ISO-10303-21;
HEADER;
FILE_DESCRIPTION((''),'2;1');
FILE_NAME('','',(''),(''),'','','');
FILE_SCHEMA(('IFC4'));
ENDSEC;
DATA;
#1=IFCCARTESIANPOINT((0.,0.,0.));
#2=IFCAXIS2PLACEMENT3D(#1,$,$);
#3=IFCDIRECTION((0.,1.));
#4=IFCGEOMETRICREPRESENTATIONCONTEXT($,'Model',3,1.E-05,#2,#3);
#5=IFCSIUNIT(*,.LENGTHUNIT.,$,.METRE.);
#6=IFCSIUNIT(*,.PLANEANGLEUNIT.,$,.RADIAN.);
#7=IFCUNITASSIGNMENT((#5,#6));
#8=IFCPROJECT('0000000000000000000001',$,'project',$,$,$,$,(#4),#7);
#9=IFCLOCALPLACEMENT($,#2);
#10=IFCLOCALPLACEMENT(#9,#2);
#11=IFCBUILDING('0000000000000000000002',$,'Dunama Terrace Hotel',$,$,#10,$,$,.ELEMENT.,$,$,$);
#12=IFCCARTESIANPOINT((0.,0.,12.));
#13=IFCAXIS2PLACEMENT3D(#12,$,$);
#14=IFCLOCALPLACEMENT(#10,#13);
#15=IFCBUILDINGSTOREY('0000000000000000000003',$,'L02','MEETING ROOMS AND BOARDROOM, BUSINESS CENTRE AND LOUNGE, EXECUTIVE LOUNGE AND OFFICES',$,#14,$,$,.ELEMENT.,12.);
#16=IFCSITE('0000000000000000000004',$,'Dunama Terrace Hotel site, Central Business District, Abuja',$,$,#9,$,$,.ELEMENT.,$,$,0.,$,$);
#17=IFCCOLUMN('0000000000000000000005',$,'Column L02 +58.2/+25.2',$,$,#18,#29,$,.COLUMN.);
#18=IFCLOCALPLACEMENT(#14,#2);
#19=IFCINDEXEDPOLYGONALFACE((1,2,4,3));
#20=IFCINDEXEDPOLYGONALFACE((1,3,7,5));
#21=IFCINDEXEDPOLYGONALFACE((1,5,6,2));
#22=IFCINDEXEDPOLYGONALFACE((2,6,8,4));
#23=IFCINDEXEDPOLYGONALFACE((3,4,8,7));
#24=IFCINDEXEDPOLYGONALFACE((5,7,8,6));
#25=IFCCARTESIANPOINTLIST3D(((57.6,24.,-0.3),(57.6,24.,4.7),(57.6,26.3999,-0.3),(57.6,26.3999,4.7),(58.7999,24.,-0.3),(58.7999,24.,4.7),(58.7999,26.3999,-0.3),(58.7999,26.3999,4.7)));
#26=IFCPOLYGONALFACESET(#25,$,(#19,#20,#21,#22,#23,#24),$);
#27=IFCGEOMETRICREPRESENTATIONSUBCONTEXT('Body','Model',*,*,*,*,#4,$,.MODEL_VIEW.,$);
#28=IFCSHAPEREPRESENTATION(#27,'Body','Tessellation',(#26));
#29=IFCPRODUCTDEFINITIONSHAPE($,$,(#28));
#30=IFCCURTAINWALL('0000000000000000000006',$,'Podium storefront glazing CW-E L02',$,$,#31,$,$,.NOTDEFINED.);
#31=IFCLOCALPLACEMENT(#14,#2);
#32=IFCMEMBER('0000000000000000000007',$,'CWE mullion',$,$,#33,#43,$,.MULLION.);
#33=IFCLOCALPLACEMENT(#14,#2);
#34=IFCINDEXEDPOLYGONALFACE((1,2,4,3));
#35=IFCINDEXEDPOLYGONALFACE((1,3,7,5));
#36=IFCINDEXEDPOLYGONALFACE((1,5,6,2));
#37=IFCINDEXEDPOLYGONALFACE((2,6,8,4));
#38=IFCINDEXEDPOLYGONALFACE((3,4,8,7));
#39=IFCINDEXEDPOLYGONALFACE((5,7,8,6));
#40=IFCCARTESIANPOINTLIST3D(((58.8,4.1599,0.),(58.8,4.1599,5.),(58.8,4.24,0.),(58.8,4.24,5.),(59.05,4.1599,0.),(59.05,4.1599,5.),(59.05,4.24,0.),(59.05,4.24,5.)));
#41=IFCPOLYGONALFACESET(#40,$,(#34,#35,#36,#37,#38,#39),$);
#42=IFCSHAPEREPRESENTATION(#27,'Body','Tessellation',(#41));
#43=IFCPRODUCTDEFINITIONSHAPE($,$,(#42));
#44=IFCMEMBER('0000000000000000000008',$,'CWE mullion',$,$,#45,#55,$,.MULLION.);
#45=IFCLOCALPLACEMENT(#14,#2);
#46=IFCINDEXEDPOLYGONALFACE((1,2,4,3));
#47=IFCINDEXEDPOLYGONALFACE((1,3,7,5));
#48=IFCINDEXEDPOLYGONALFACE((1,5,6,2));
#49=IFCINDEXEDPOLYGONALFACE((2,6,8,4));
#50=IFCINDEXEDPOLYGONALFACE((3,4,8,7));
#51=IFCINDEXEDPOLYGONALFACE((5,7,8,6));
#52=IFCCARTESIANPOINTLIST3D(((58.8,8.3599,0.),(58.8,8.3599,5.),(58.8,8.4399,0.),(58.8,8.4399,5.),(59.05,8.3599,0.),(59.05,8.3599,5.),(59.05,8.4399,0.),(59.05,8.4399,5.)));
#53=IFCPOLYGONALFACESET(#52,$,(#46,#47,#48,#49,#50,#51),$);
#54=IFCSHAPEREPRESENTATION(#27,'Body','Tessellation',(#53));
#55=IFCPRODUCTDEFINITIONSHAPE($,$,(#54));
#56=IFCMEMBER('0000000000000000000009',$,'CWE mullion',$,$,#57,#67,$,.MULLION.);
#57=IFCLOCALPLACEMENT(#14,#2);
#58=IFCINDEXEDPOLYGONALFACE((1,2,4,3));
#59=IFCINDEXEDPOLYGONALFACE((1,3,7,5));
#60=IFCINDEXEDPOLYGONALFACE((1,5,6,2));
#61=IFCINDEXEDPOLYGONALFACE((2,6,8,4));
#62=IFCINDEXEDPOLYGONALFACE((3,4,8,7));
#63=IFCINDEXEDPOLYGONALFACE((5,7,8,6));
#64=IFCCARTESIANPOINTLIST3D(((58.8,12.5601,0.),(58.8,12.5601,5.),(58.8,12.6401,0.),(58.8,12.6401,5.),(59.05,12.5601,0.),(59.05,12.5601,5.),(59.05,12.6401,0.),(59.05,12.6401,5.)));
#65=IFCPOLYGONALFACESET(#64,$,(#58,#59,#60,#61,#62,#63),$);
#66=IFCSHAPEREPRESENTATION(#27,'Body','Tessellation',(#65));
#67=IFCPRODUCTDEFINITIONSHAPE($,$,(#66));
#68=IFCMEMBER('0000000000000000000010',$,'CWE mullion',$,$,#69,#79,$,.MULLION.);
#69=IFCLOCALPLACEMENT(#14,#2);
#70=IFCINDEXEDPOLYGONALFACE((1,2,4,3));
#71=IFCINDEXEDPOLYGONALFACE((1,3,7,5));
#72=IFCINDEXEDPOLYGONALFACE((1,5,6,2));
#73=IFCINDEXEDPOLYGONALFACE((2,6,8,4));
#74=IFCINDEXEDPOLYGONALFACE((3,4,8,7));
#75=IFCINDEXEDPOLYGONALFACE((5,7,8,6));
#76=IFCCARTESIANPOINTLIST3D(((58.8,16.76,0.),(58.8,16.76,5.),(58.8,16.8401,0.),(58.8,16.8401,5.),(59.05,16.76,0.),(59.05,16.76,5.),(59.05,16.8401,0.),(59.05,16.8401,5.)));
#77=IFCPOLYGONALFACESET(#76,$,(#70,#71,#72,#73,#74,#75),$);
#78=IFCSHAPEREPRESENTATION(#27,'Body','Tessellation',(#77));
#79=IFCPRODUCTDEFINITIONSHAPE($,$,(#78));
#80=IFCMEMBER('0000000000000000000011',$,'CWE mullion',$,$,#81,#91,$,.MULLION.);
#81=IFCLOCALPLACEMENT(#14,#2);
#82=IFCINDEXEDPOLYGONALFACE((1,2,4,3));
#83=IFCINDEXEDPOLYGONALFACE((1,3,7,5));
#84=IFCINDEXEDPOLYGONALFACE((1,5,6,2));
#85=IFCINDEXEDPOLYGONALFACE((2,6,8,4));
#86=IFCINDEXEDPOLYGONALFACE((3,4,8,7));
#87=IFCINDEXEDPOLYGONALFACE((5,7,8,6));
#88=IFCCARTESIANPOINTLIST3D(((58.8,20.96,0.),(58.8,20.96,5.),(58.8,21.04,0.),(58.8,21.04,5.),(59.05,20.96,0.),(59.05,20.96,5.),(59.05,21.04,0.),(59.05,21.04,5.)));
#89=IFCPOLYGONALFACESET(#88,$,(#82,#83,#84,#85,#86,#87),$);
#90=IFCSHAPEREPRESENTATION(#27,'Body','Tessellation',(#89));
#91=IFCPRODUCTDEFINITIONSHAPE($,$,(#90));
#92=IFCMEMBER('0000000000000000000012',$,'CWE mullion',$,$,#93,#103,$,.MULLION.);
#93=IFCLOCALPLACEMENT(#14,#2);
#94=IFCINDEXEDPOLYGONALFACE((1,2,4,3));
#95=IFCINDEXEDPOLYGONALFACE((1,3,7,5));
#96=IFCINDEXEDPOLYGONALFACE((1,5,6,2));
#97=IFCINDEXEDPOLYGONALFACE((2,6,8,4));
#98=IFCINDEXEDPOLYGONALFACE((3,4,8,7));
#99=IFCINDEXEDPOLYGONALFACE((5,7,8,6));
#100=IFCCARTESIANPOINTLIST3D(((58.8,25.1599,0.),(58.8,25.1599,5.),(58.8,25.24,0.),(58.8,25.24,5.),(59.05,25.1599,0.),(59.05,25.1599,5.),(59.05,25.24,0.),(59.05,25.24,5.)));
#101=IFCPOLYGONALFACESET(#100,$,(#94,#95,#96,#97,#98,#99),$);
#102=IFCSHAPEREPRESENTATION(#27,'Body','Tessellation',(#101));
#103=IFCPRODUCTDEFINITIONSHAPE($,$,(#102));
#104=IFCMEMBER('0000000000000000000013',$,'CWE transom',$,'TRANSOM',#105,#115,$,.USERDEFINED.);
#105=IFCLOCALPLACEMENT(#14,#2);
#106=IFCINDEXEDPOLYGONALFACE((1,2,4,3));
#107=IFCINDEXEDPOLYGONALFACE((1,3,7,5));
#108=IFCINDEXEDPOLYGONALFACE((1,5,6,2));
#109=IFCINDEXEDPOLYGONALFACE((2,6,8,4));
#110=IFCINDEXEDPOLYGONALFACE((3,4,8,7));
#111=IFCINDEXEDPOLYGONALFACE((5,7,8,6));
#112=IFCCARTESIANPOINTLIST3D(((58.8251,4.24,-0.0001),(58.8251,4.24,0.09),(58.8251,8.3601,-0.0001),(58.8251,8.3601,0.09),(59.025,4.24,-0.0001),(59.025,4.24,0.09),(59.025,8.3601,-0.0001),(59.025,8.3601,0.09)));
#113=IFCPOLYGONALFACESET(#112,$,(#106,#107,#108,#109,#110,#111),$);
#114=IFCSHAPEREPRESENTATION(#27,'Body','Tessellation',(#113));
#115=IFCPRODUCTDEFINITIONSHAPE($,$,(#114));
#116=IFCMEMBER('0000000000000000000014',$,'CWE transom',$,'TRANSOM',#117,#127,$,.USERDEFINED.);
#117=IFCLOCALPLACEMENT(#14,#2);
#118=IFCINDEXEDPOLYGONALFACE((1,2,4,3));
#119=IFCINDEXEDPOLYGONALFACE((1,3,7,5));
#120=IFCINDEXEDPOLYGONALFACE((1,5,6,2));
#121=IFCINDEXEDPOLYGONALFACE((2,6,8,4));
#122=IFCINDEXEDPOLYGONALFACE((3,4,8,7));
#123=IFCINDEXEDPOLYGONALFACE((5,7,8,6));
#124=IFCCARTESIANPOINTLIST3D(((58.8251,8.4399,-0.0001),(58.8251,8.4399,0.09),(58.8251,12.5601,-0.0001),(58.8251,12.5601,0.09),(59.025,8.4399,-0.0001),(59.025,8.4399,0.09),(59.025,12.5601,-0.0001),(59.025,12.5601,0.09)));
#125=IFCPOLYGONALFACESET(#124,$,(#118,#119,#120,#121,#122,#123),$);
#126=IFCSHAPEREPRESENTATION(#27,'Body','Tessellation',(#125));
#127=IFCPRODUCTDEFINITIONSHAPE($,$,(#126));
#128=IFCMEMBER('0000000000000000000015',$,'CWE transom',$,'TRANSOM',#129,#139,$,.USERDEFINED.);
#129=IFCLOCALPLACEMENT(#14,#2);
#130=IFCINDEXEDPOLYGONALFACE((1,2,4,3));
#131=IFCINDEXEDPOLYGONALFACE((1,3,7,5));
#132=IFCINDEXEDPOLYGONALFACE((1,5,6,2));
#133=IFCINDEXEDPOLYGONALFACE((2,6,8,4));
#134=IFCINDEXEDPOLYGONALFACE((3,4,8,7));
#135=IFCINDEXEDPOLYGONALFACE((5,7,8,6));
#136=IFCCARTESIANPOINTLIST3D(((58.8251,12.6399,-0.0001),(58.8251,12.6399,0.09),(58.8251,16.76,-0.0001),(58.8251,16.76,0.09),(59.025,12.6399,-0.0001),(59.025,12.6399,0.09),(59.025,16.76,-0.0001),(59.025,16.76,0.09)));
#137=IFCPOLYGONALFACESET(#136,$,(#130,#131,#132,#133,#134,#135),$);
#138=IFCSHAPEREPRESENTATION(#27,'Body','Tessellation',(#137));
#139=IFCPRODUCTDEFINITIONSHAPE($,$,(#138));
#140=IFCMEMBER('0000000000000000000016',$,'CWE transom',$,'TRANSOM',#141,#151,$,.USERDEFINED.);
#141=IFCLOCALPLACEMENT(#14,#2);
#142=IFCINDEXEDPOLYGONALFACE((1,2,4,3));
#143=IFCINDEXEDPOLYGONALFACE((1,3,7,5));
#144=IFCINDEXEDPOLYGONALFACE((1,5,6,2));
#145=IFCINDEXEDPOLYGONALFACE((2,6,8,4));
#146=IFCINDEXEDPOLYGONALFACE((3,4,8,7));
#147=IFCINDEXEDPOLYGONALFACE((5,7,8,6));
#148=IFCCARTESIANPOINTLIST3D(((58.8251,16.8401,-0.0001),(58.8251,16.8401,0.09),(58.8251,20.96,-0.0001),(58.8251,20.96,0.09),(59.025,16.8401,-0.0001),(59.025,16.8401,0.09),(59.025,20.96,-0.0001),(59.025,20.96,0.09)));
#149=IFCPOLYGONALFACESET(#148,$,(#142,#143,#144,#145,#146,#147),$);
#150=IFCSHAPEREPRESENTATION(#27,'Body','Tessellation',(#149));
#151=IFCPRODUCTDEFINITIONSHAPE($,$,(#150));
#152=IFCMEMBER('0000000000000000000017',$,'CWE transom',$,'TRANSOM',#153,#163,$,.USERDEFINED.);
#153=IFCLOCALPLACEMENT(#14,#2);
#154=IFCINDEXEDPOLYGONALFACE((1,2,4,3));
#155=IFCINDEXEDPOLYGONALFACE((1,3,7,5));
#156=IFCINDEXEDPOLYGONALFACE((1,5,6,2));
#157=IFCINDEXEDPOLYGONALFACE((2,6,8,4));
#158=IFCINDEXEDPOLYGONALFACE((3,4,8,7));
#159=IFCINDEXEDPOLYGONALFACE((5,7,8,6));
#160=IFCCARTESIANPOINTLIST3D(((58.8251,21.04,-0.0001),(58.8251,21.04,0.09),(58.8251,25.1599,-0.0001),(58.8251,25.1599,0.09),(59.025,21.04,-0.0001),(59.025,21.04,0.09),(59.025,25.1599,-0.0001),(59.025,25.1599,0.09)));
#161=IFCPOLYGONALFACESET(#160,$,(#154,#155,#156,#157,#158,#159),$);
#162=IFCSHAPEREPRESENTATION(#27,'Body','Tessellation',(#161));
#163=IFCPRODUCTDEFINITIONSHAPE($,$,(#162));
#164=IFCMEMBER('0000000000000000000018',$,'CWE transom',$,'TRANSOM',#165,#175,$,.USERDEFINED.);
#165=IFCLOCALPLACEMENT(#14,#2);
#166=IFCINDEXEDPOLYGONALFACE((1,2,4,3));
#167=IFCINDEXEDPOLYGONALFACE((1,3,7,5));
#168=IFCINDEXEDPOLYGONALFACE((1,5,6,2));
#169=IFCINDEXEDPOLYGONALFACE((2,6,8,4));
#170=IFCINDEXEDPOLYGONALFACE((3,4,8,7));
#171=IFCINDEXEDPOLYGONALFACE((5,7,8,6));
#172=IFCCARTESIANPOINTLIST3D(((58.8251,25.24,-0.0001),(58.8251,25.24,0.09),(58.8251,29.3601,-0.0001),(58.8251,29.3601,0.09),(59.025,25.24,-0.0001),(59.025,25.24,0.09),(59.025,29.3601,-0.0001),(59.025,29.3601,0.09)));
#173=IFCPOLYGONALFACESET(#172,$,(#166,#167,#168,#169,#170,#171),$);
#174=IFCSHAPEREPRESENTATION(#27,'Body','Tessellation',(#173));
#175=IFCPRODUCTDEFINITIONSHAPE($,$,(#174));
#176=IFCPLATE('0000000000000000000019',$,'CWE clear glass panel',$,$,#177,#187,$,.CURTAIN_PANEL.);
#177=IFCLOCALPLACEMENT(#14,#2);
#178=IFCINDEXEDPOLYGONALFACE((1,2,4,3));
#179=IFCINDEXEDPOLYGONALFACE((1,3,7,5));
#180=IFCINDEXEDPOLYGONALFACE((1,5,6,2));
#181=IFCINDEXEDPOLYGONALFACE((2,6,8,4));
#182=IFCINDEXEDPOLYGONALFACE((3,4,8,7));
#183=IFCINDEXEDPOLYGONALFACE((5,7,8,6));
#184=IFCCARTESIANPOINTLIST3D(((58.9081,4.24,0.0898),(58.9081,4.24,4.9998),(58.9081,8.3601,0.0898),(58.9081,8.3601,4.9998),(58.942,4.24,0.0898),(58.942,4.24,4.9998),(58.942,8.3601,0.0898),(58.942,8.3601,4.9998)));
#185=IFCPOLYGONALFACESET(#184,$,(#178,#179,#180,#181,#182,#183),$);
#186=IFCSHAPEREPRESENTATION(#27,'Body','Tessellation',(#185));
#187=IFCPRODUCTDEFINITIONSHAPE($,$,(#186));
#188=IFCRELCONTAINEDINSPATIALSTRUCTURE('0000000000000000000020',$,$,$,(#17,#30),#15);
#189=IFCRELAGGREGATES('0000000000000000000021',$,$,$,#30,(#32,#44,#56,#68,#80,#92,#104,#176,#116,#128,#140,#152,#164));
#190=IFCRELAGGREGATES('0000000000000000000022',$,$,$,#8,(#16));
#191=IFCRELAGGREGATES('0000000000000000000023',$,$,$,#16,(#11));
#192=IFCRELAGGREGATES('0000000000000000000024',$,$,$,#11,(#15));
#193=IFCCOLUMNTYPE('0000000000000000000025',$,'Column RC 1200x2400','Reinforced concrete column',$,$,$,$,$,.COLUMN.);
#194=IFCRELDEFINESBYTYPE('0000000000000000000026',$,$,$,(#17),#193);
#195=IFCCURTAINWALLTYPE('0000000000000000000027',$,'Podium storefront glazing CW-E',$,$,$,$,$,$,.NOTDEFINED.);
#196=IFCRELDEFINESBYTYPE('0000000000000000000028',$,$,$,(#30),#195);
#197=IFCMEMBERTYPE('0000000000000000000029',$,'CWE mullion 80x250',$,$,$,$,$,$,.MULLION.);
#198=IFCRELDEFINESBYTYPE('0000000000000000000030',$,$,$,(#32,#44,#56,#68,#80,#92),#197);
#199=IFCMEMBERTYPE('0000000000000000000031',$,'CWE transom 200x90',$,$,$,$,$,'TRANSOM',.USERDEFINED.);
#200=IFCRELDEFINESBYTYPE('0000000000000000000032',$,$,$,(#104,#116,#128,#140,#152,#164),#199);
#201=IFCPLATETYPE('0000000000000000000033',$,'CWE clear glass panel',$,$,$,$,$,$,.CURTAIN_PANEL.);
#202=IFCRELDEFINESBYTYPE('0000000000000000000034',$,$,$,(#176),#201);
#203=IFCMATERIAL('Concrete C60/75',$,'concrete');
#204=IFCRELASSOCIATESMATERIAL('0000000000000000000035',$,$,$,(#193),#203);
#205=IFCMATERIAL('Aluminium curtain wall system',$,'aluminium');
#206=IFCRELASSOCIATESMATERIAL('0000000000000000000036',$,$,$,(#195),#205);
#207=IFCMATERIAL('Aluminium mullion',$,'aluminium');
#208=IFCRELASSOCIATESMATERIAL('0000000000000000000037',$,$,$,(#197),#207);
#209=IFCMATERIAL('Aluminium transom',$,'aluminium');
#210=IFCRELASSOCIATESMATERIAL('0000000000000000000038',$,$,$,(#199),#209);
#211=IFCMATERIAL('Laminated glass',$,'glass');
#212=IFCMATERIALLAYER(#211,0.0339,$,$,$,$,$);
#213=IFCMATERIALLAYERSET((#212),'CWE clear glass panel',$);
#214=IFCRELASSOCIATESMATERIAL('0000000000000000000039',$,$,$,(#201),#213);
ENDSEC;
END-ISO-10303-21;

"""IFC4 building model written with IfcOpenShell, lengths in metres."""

from ifc_helpers import new_model, si_unit, direction, frame, origin, origin_2d, place, context, subcontext, project, spatial, rectangle, extrude, material, layer, layer_set, material_profile, profile_set, type_object, element, aggregate, save


model = new_model("IFC4")

# Units and contexts
model_context = context("Model", 3, precision=1e-05, world=origin(), true_north=direction((0.0, 1.0)))
body_context = subcontext(model_context, "Body", "Model", "MODEL_VIEW")
ifc_project = project(units=[si_unit("LENGTHUNIT", "METRE"), si_unit("PLANEANGLEUNIT", "RADIAN")], contexts=[model_context])

# Site, building, storey
site_placement = place(None, origin())
site = spatial("IfcSite", under=ifc_project, at=site_placement, Name="Dunama Terrace Hotel site, Central Business District, Abuja", CompositionType="ELEMENT", RefElevation=0.0)
building_placement = place(site_placement, origin())
building = spatial("IfcBuilding", under=site, at=building_placement, Name="Dunama Terrace Hotel", CompositionType="ELEMENT")
storey_placement = place(building_placement, frame((0.0, 0.0, 12.0)))
storey = spatial("IfcBuildingStorey", under=building, at=storey_placement, Name="L02", Description="MEETING ROOMS AND BOARDROOM, BUSINESS CENTRE AND LOUNGE, EXECUTIVE LOUNGE AND OFFICES", CompositionType="ELEMENT", Elevation=12.0)

# Column
ifc_material_1 = material(Name="Concrete C60/75", Category="concrete")
ifc_material_profile_1 = material_profile(ifc_material_1, rectangle(XDim=1.2, YDim=2.3999, at=origin_2d()), Name="RC 1200x2400")
ifc_profile_set_1 = profile_set([ifc_material_profile_1], Name="Concrete C60/75")
column_type = type_object("IfcColumnType", Name="Column RC 1200x2400", Description="Reinforced concrete column", PredefinedType="COLUMN", material=ifc_profile_set_1)
column_placement = place(storey_placement, frame((58.2, 25.2, -0.3), z_axis=(0.0, 0.0, 1.0), x_axis=(1.0, 0.0, 0.0)))
element("IfcColumn", 1, at=column_placement, inside=storey, type_object=column_type, Name="Column L02 +58.2/+25.2", PredefinedType="COLUMN", context=body_context, shape_type="SweptSolid", body=[
    extrude(rectangle(XDim=1.2, YDim=2.3999, at=origin_2d()), origin(), (0.0, 0.0, 1.0), 5.0),
])

# Curtain wall, members, plate
ifc_material_2 = material(Name="Aluminium curtain wall system", Category="aluminium")
curtain_wall_type = type_object("IfcCurtainWallType", Name="Podium storefront glazing CW-E", PredefinedType="NOTDEFINED", material=ifc_material_2)
curtain_wall_placement = place(storey_placement, origin())
curtain_wall = element("IfcCurtainWall", 2, at=curtain_wall_placement, inside=storey, type_object=curtain_wall_type, Name="Podium storefront glazing CW-E L02", PredefinedType="NOTDEFINED")
ifc_material_3 = material(Name="Aluminium mullion", Category="aluminium")
ifc_material_profile_2 = material_profile(ifc_material_3, rectangle(XDim=0.0801, YDim=0.25, at=origin_2d()), Name="CWE MULLION 80X250")
ifc_profile_set_2 = profile_set([ifc_material_profile_2], Name="Aluminium mullion")
member_type_1 = type_object("IfcMemberType", Name="CWE mullion 80x250", PredefinedType="MULLION", material=ifc_profile_set_2)
member_1_placement = place(storey_placement, frame((58.925, 4.2, 0.0), z_axis=(0.0, 0.0, 1.0), x_axis=(0.0, 1.0, 0.0)))
member_1 = element("IfcMember", 3, at=member_1_placement, type_object=member_type_1, Name="CWE mullion", PredefinedType="MULLION", context=body_context, shape_type="SweptSolid", body=[
    extrude(rectangle(XDim=0.0801, YDim=0.25, at=origin_2d()), origin(), (0.0, 0.0, 1.0), 5.0),
])
member_2_placement = place(storey_placement, frame((58.925, 8.3999, 0.0), z_axis=(0.0, 0.0, 1.0), x_axis=(0.0, 1.0, 0.0)))
member_2 = element("IfcMember", 4, at=member_2_placement, type_object=member_type_1, Name="CWE mullion", PredefinedType="MULLION", context=body_context, shape_type="SweptSolid", body=[
    extrude(rectangle(XDim=0.0801, YDim=0.25, at=origin_2d()), origin(), (0.0, 0.0, 1.0), 5.0),
])
member_3_placement = place(storey_placement, frame((58.925, 12.6001, 0.0), z_axis=(0.0, 0.0, 1.0), x_axis=(0.0, 1.0, 0.0)))
member_3 = element("IfcMember", 5, at=member_3_placement, type_object=member_type_1, Name="CWE mullion", PredefinedType="MULLION", context=body_context, shape_type="SweptSolid", body=[
    extrude(rectangle(XDim=0.0801, YDim=0.25, at=origin_2d()), origin(), (0.0, 0.0, 1.0), 5.0),
])
member_4_placement = place(storey_placement, frame((58.925, 16.8, 0.0), z_axis=(0.0, 0.0, 1.0), x_axis=(0.0, 1.0, 0.0)))
member_4 = element("IfcMember", 6, at=member_4_placement, type_object=member_type_1, Name="CWE mullion", PredefinedType="MULLION", context=body_context, shape_type="SweptSolid", body=[
    extrude(rectangle(XDim=0.0801, YDim=0.25, at=origin_2d()), origin(), (0.0, 0.0, 1.0), 5.0),
])
member_5_placement = place(storey_placement, frame((58.925, 21.0, 0.0), z_axis=(0.0, 0.0, 1.0), x_axis=(0.0, 1.0, 0.0)))
member_5 = element("IfcMember", 7, at=member_5_placement, type_object=member_type_1, Name="CWE mullion", PredefinedType="MULLION", context=body_context, shape_type="SweptSolid", body=[
    extrude(rectangle(XDim=0.0801, YDim=0.25, at=origin_2d()), origin(), (0.0, 0.0, 1.0), 5.0),
])
member_6_placement = place(storey_placement, frame((58.925, 25.2, 0.0), z_axis=(0.0, 0.0, 1.0), x_axis=(0.0, 1.0, 0.0)))
member_6 = element("IfcMember", 8, at=member_6_placement, type_object=member_type_1, Name="CWE mullion", PredefinedType="MULLION", context=body_context, shape_type="SweptSolid", body=[
    extrude(rectangle(XDim=0.0801, YDim=0.25, at=origin_2d()), origin(), (0.0, 0.0, 1.0), 5.0),
])
ifc_material_4 = material(Name="Aluminium transom", Category="aluminium")
ifc_material_profile_3 = material_profile(ifc_material_4, rectangle(XDim=0.2, YDim=0.0901, at=origin_2d()), Name="CWE TRANSOM 200X90")
ifc_profile_set_3 = profile_set([ifc_material_profile_3], Name="Aluminium transom")
member_type_2 = type_object("IfcMemberType", Name="CWE transom 200x90", ElementType="TRANSOM", PredefinedType="USERDEFINED", material=ifc_profile_set_3)
member_7_placement = place(storey_placement, frame((58.925, 4.24, 0.0449), z_axis=(0.0, 1.0, 0.0), x_axis=(-1.0, 0.0, 0.0)))
member_7 = element("IfcMember", 9, at=member_7_placement, type_object=member_type_2, Name="CWE transom", ObjectType="TRANSOM", PredefinedType="USERDEFINED", context=body_context, shape_type="SweptSolid", body=[
    extrude(rectangle(XDim=0.2, YDim=0.0901, at=origin_2d()), origin(), (0.0, 0.0, 1.0), 4.1201),
])
member_8_placement = place(storey_placement, frame((58.925, 8.4399, 0.0449), z_axis=(0.0, 1.0, 0.0), x_axis=(-1.0, 0.0, 0.0)))
member_8 = element("IfcMember", 10, at=member_8_placement, type_object=member_type_2, Name="CWE transom", ObjectType="TRANSOM", PredefinedType="USERDEFINED", context=body_context, shape_type="SweptSolid", body=[
    extrude(rectangle(XDim=0.2, YDim=0.0901, at=origin_2d()), origin(), (0.0, 0.0, 1.0), 4.1201),
])
member_9_placement = place(storey_placement, frame((58.925, 12.6399, 0.0449), z_axis=(0.0, 1.0, 0.0), x_axis=(-1.0, 0.0, 0.0)))
member_9 = element("IfcMember", 11, at=member_9_placement, type_object=member_type_2, Name="CWE transom", ObjectType="TRANSOM", PredefinedType="USERDEFINED", context=body_context, shape_type="SweptSolid", body=[
    extrude(rectangle(XDim=0.2, YDim=0.0901, at=origin_2d()), origin(), (0.0, 0.0, 1.0), 4.1201),
])
member_10_placement = place(storey_placement, frame((58.925, 16.8401, 0.0449), z_axis=(0.0, 1.0, 0.0), x_axis=(-1.0, 0.0, 0.0)))
member_10 = element("IfcMember", 12, at=member_10_placement, type_object=member_type_2, Name="CWE transom", ObjectType="TRANSOM", PredefinedType="USERDEFINED", context=body_context, shape_type="SweptSolid", body=[
    extrude(rectangle(XDim=0.2, YDim=0.0901, at=origin_2d()), origin(), (0.0, 0.0, 1.0), 4.1199),
])
member_11_placement = place(storey_placement, frame((58.925, 21.04, 0.0449), z_axis=(0.0, 1.0, 0.0), x_axis=(-1.0, 0.0, 0.0)))
member_11 = element("IfcMember", 13, at=member_11_placement, type_object=member_type_2, Name="CWE transom", ObjectType="TRANSOM", PredefinedType="USERDEFINED", context=body_context, shape_type="SweptSolid", body=[
    extrude(rectangle(XDim=0.2, YDim=0.0901, at=origin_2d()), origin(), (0.0, 0.0, 1.0), 4.1199),
])
member_12_placement = place(storey_placement, frame((58.925, 25.24, 0.0449), z_axis=(0.0, 1.0, 0.0), x_axis=(-1.0, 0.0, 0.0)))
member_12 = element("IfcMember", 14, at=member_12_placement, type_object=member_type_2, Name="CWE transom", ObjectType="TRANSOM", PredefinedType="USERDEFINED", context=body_context, shape_type="SweptSolid", body=[
    extrude(rectangle(XDim=0.2, YDim=0.0901, at=origin_2d()), origin(), (0.0, 0.0, 1.0), 4.1201),
])
ifc_material_5 = material(Name="Laminated glass", Category="glass")
ifc_layer_1 = layer(ifc_material_5, 0.0339)
ifc_layer_set_1 = layer_set([ifc_layer_1], Name="CWE clear glass panel")
plate_type_1 = type_object("IfcPlateType", Name="CWE clear glass panel", PredefinedType="CURTAIN_PANEL", material=ifc_layer_set_1)
plate_1_placement = place(storey_placement, frame((58.925, 6.3, 0.0898), z_axis=(0.0, 0.0, 1.0), x_axis=(0.0, 1.0, 0.0)))
plate_1 = element("IfcPlate", 15, at=plate_1_placement, type_object=plate_type_1, Name="CWE clear glass panel", PredefinedType="CURTAIN_PANEL", context=body_context, shape_type="SweptSolid", body=[
    extrude(rectangle(XDim=4.1201, YDim=0.0339, at=origin_2d()), origin(), (0.0, 0.0, 1.0), 4.9099),
])
aggregate(curtain_wall, [member_1, member_2, member_3, member_4, member_5, member_6, member_7, plate_1, member_8, member_9, member_10, member_11, member_12])

save(model, "model.ifc")
